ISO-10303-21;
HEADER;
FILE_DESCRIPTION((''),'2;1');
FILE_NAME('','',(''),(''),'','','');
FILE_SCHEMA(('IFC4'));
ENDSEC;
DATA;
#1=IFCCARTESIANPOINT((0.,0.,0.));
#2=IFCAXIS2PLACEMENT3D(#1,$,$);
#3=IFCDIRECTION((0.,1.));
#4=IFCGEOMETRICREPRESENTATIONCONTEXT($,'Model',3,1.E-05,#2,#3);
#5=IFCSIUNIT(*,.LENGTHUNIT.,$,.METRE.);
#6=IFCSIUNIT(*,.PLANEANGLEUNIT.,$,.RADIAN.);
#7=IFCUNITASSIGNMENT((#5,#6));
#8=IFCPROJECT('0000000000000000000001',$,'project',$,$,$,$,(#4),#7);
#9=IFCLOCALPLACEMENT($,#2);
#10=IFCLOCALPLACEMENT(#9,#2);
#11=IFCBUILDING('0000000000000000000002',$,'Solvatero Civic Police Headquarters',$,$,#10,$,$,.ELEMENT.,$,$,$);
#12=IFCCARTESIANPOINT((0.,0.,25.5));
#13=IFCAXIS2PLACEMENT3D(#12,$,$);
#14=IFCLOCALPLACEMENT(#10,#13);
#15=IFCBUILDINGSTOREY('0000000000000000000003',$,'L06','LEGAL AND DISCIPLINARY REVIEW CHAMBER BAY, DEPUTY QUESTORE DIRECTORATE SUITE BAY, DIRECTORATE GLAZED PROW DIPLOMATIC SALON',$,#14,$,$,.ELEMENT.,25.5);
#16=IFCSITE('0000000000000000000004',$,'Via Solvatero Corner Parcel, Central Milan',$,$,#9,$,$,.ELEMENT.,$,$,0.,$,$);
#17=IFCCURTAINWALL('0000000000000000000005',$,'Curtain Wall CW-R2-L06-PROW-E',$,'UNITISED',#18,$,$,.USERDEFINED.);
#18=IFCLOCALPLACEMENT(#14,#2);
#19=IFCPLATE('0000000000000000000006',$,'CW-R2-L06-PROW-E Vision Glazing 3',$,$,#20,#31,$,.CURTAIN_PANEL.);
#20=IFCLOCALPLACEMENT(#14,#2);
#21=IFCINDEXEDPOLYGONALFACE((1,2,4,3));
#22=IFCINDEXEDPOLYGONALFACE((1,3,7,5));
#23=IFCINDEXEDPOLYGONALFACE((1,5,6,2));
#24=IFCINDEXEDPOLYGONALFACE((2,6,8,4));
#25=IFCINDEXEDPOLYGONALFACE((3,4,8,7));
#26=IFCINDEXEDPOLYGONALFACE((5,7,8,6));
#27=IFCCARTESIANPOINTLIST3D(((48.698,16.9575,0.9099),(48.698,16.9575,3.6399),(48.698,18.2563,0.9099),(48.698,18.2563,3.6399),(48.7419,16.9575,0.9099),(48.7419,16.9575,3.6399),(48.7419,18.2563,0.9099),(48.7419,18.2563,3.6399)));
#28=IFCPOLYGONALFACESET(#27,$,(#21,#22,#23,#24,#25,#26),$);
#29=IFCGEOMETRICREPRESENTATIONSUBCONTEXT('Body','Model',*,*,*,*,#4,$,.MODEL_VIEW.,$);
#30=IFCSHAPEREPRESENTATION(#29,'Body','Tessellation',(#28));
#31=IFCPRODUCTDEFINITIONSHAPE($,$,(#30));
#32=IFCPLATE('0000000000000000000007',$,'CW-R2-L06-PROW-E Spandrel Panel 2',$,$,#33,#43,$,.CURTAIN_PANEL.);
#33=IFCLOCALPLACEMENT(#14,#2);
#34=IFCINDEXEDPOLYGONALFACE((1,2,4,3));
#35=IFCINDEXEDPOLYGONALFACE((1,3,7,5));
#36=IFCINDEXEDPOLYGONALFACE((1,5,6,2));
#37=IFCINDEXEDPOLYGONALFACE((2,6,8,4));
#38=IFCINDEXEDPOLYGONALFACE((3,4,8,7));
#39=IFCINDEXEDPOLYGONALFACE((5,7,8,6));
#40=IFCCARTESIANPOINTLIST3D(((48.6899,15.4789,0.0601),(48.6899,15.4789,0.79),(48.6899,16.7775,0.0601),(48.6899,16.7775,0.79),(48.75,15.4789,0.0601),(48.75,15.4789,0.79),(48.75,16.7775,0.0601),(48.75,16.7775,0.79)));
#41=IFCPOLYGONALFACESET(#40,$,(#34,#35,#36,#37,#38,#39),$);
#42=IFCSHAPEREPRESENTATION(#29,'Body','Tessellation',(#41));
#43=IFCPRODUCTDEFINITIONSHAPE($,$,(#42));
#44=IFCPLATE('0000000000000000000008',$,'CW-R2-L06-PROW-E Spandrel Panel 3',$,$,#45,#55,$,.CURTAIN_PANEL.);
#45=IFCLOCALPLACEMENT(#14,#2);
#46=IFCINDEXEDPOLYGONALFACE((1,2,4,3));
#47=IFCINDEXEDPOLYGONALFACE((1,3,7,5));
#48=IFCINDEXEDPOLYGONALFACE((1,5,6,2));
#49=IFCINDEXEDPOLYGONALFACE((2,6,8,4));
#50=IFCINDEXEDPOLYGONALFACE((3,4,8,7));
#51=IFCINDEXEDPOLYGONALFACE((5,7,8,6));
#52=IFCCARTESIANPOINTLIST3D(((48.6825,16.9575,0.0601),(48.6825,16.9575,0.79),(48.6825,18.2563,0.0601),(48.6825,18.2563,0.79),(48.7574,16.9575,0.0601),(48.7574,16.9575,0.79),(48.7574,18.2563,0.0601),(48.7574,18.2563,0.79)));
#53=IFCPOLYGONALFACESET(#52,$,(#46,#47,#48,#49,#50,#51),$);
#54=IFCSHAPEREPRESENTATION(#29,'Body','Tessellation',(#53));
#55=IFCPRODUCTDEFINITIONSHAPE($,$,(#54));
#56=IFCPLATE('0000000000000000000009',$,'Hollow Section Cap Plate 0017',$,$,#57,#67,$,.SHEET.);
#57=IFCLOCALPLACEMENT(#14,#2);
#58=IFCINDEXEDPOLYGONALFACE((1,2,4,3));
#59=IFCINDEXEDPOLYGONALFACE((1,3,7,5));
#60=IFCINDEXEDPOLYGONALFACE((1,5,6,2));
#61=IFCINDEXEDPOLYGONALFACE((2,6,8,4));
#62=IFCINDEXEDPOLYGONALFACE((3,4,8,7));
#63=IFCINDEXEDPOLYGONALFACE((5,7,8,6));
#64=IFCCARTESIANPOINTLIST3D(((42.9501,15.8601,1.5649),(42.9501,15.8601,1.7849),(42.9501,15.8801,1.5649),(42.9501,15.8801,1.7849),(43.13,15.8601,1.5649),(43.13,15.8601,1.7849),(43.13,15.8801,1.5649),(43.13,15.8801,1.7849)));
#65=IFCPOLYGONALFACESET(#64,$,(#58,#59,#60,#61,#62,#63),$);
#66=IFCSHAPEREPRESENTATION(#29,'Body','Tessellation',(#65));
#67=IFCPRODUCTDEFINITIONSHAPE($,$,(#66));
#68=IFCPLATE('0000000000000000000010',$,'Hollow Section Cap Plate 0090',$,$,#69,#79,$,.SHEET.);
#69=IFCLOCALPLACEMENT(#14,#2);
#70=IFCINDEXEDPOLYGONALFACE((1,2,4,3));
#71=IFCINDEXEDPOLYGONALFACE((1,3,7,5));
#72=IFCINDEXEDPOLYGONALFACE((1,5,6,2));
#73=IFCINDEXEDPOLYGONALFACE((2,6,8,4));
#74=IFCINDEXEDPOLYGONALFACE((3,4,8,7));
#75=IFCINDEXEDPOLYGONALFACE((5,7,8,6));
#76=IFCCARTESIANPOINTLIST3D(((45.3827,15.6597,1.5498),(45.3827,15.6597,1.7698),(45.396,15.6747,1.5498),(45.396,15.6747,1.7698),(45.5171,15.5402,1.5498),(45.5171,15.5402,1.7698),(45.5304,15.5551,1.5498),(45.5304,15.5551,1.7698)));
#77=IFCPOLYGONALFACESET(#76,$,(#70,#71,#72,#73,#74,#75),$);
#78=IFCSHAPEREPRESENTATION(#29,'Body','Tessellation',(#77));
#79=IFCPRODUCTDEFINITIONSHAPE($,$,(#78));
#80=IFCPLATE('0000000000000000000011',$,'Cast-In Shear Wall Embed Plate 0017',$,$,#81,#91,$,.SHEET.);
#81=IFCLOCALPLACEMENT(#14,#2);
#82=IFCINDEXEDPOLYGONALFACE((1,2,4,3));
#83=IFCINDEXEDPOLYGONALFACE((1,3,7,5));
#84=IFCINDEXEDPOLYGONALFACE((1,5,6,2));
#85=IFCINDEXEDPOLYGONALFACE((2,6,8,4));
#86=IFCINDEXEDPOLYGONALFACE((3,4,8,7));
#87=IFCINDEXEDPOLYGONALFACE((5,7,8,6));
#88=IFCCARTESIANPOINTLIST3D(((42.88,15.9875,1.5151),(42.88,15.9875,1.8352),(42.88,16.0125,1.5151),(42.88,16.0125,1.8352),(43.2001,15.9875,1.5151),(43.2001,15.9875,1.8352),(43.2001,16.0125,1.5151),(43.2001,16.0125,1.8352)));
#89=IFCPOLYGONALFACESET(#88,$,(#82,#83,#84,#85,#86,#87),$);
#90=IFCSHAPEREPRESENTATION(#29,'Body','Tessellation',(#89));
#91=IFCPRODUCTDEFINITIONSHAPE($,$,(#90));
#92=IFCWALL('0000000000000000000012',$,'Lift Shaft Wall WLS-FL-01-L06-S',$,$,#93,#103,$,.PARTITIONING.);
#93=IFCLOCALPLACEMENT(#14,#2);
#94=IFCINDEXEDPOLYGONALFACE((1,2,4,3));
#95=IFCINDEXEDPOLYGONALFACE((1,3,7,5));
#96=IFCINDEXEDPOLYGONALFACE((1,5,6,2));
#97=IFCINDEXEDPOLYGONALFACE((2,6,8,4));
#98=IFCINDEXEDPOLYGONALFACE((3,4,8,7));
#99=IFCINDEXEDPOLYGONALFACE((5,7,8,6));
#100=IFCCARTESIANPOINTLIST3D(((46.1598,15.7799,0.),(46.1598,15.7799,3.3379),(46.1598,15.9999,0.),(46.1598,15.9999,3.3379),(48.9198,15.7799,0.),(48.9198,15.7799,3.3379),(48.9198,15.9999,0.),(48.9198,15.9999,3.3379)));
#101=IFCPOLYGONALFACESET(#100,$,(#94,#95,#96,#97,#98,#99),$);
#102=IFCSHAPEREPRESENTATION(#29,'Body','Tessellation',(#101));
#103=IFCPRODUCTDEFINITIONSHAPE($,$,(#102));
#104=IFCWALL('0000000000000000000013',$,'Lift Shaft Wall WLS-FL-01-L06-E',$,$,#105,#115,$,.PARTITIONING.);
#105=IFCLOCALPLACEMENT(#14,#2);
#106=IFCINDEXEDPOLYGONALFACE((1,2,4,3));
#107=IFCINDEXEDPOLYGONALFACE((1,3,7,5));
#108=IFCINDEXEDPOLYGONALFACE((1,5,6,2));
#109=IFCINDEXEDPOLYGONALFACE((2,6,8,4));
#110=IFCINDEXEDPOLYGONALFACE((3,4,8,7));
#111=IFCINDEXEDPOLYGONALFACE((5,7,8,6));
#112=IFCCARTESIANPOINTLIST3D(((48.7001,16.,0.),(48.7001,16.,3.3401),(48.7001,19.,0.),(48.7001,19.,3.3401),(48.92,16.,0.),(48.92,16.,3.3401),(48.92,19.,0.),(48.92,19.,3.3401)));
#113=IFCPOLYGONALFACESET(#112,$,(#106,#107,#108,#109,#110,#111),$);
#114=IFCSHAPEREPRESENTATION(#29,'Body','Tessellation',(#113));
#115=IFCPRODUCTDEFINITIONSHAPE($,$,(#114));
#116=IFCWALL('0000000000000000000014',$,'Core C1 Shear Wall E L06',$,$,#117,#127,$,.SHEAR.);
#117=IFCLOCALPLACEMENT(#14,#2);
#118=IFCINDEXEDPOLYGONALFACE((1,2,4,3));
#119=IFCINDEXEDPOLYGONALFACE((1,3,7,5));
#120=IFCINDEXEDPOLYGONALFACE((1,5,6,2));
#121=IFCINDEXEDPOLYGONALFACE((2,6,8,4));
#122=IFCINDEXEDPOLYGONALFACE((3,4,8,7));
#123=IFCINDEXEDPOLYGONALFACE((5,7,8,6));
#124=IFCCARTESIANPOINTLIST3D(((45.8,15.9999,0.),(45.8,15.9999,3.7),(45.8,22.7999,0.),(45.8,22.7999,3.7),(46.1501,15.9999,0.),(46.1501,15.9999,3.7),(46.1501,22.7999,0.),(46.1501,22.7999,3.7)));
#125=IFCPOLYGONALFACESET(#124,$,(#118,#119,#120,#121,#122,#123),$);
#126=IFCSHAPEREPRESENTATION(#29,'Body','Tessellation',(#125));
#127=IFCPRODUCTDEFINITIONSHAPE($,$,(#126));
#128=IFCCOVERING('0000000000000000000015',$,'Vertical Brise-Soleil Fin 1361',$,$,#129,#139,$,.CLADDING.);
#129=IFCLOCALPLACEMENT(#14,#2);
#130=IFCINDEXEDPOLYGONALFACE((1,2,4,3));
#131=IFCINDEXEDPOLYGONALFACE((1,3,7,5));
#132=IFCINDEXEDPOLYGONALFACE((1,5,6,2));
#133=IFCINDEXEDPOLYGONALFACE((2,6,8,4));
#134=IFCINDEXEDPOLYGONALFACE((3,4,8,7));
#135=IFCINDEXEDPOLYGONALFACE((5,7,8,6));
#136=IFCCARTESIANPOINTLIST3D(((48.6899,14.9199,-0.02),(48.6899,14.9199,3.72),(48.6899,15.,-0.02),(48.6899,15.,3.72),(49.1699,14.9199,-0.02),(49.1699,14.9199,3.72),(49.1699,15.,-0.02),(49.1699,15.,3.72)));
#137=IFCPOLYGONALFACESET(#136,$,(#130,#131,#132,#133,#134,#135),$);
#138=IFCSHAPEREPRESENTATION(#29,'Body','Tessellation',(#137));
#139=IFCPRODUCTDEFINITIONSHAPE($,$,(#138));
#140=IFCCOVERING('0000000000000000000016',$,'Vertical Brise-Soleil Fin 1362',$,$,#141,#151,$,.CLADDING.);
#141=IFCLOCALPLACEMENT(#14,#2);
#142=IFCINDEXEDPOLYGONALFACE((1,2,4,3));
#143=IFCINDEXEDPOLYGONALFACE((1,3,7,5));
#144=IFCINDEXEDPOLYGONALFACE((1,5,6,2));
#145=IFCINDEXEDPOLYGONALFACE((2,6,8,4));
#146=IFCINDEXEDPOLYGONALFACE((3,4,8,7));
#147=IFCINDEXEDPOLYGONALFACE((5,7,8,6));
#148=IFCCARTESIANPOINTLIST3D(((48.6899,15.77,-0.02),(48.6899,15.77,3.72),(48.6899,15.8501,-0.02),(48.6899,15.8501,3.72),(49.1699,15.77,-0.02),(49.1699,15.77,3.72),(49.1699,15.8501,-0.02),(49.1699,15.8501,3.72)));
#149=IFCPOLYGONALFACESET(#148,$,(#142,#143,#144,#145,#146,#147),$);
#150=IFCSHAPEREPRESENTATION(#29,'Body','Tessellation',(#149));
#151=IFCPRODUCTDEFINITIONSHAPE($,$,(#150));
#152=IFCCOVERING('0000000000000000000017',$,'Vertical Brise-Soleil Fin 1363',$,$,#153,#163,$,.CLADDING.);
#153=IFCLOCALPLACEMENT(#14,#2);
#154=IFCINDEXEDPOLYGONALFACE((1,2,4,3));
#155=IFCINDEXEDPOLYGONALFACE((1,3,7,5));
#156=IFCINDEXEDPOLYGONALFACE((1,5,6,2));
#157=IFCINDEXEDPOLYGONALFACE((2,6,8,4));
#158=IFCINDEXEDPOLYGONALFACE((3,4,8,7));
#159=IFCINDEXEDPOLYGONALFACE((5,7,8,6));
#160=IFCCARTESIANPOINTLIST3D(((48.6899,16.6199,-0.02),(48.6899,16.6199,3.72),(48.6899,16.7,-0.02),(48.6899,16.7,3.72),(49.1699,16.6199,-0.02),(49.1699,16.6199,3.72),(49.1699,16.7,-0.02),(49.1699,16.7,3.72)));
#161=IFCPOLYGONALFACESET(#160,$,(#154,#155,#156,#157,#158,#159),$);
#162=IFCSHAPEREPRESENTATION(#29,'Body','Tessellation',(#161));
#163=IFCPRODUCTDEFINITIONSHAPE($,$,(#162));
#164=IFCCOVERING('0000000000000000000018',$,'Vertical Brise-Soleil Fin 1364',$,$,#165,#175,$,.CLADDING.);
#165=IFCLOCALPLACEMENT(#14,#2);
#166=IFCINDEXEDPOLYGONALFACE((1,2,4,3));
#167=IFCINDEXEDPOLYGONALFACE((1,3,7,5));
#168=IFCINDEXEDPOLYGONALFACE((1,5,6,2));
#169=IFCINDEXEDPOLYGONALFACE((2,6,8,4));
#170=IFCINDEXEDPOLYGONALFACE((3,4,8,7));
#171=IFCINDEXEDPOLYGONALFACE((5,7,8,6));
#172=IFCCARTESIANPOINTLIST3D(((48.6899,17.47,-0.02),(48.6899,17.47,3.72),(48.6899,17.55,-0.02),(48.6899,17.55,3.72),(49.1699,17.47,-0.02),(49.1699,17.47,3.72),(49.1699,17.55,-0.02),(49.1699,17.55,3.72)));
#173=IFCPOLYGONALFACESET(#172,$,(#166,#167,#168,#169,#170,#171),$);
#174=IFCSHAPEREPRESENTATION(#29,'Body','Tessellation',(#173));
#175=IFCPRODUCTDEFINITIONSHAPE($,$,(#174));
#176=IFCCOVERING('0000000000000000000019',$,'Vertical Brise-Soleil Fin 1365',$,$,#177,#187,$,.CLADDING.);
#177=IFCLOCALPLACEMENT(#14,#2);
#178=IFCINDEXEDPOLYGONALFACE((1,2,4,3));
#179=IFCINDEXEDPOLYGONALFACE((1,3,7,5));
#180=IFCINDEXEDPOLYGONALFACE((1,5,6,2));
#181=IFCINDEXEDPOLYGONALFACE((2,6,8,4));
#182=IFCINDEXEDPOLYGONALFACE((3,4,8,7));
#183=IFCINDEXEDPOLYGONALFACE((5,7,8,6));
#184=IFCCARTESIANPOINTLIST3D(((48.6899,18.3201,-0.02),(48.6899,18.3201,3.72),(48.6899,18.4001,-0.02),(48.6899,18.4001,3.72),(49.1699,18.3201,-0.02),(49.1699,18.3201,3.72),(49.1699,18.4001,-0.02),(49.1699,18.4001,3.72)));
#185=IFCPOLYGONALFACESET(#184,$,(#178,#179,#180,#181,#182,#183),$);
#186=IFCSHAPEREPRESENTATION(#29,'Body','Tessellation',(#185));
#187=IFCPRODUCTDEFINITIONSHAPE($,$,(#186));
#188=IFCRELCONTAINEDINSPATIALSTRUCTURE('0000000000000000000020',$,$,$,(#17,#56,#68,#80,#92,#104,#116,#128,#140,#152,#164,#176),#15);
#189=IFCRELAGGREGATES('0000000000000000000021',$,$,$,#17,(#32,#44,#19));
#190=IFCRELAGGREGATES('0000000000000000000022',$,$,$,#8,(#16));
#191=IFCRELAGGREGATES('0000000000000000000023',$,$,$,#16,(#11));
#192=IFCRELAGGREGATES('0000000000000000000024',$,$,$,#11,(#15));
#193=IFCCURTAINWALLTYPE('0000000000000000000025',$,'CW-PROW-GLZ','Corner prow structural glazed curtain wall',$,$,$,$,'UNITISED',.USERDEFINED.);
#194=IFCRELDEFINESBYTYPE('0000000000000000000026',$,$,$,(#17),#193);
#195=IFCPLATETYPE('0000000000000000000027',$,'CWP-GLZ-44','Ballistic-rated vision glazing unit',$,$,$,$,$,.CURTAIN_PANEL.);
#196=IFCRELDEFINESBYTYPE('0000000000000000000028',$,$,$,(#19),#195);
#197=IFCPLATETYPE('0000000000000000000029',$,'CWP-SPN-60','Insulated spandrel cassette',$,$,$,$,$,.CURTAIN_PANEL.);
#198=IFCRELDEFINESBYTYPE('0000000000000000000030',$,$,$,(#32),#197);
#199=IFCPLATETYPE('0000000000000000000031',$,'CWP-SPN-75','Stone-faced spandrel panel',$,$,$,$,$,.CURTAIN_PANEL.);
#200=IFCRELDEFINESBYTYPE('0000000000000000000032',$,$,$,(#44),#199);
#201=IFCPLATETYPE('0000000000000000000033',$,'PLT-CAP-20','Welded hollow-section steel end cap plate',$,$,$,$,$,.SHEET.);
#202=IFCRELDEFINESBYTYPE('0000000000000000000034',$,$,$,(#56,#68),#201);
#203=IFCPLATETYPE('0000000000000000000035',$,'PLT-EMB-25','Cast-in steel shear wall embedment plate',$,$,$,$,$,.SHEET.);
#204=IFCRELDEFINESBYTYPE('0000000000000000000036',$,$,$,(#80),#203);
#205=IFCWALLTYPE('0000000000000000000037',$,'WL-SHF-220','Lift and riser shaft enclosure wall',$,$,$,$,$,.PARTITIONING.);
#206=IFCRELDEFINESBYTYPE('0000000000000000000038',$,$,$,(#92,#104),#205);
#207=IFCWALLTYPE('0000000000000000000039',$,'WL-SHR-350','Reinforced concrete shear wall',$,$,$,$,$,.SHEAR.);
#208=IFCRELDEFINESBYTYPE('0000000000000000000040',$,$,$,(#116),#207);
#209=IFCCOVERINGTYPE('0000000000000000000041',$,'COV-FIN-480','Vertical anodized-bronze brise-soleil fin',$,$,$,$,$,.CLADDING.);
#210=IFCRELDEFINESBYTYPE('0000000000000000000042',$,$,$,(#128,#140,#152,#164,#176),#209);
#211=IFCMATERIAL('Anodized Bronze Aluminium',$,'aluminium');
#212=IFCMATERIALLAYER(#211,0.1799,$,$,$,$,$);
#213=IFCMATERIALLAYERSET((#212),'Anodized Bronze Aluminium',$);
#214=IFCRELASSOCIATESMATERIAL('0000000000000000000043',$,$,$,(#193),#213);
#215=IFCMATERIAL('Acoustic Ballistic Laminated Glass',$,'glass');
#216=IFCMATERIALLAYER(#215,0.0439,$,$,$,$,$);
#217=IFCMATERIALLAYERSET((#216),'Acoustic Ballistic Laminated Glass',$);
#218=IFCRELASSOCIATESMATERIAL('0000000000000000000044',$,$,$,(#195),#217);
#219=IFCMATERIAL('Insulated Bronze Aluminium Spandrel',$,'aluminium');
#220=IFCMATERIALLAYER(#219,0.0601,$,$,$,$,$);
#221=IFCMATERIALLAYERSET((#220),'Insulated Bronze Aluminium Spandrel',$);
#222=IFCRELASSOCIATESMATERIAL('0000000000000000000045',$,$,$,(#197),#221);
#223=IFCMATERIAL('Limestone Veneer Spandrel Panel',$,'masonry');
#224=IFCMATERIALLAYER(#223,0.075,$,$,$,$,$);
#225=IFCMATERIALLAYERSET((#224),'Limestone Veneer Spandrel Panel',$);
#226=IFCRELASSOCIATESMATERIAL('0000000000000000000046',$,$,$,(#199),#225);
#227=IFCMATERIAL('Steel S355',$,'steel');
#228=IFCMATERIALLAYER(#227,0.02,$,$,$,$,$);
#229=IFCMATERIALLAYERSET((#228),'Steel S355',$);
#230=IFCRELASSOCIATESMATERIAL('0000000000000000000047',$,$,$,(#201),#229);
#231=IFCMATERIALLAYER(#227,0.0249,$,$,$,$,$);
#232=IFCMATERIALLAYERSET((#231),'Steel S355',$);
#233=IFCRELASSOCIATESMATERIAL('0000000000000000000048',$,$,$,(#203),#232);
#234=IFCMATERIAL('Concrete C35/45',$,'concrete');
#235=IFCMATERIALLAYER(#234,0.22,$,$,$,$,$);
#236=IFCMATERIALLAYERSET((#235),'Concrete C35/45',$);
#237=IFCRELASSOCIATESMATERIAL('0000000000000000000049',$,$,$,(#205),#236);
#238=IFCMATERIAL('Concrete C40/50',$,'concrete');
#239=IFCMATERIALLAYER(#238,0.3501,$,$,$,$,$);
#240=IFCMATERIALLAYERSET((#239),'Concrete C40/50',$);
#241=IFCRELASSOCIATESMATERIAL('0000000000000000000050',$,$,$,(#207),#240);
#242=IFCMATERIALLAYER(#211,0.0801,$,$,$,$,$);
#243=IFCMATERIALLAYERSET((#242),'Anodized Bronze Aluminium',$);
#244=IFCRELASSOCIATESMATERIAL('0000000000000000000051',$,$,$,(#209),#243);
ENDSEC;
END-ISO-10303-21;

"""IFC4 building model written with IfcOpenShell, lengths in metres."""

from ifc_helpers import new_model, si_unit, direction, frame, frame_2d, origin, origin_2d, place, context, subcontext, project, spatial, rectangle, extrude, material, layer, layer_set, type_object, element, aggregate, save


model = new_model("IFC4")

# Units and contexts
model_context = context("Model", 3, precision=1e-05, world=origin(), true_north=direction((0.0, 1.0)))
body_context = subcontext(model_context, "Body", "Model", "MODEL_VIEW")
ifc_project = project(units=[si_unit("LENGTHUNIT", "METRE"), si_unit("PLANEANGLEUNIT", "RADIAN")], contexts=[model_context])

# Site, building, storey
site_placement = place(None, origin())
site = spatial("IfcSite", under=ifc_project, at=site_placement, Name="Via Solvatero Corner Parcel, Central Milan", CompositionType="ELEMENT", RefElevation=0.0)
building_placement = place(site_placement, origin())
building = spatial("IfcBuilding", under=site, at=building_placement, Name="Solvatero Civic Police Headquarters", CompositionType="ELEMENT")
storey_placement = place(building_placement, frame((0.0, 0.0, 25.5)))
storey = spatial("IfcBuildingStorey", under=building, at=storey_placement, Name="L06", Description="LEGAL AND DISCIPLINARY REVIEW CHAMBER BAY, DEPUTY QUESTORE DIRECTORATE SUITE BAY, DIRECTORATE GLAZED PROW DIPLOMATIC SALON", CompositionType="ELEMENT", Elevation=25.5)

# Shared definitions
ifc_material_1 = material(Name="Steel S355", Category="steel")

# Curtain wall
ifc_material_2 = material(Name="Anodized Bronze Aluminium", Category="aluminium")
ifc_layer_1 = layer(ifc_material_2, 0.1799)
ifc_layer_set_1 = layer_set([ifc_layer_1], Name="Anodized Bronze Aluminium")
curtain_wall_type = type_object("IfcCurtainWallType", Name="CW-PROW-GLZ", Description="Corner prow structural glazed curtain wall", ElementType="UNITISED", PredefinedType="USERDEFINED", material=ifc_layer_set_1)
curtain_wall_placement = place(storey_placement, origin())
curtain_wall = element("IfcCurtainWall", 1, at=curtain_wall_placement, inside=storey, type_object=curtain_wall_type, Name="Curtain Wall CW-R2-L06-PROW-E", ObjectType="UNITISED", PredefinedType="USERDEFINED")

# Plates
ifc_material_3 = material(Name="Acoustic Ballistic Laminated Glass", Category="glass")
ifc_layer_2 = layer(ifc_material_3, 0.0439)
ifc_layer_set_2 = layer_set([ifc_layer_2], Name="Acoustic Ballistic Laminated Glass")
plate_type_1 = type_object("IfcPlateType", Name="CWP-GLZ-44", Description="Ballistic-rated vision glazing unit", PredefinedType="CURTAIN_PANEL", material=ifc_layer_set_2)
plate_1_placement = place(storey_placement, frame((48.72, 17.6069, 0.9099), z_axis=(0.0, 0.0, 1.0), x_axis=(0.0, 1.0, 0.0)))
plate_1 = element("IfcPlate", 2, at=plate_1_placement, type_object=plate_type_1, Name="CW-R2-L06-PROW-E Vision Glazing 3", PredefinedType="CURTAIN_PANEL", context=body_context, shape_type="SweptSolid", body=[
    extrude(rectangle(XDim=1.2988, YDim=0.0439, at=origin_2d()), origin(), (0.0, 0.0, 1.0), 2.73),
])
ifc_material_4 = material(Name="Insulated Bronze Aluminium Spandrel", Category="aluminium")
ifc_layer_3 = layer(ifc_material_4, 0.0601)
ifc_layer_set_3 = layer_set([ifc_layer_3], Name="Insulated Bronze Aluminium Spandrel")
plate_type_2 = type_object("IfcPlateType", Name="CWP-SPN-60", Description="Insulated spandrel cassette", PredefinedType="CURTAIN_PANEL", material=ifc_layer_set_3)
plate_2_placement = place(storey_placement, frame((48.72, 16.1282, 0.0601), z_axis=(0.0, 0.0, 1.0), x_axis=(0.0, 1.0, 0.0)))
plate_2 = element("IfcPlate", 3, at=plate_2_placement, type_object=plate_type_2, Name="CW-R2-L06-PROW-E Spandrel Panel 2", PredefinedType="CURTAIN_PANEL", context=body_context, shape_type="SweptSolid", body=[
    extrude(rectangle(XDim=1.2986, YDim=0.0601, at=origin_2d()), origin(), (0.0, 0.0, 1.0), 0.73),
])
ifc_material_5 = material(Name="Limestone Veneer Spandrel Panel", Category="masonry")
ifc_layer_4 = layer(ifc_material_5, 0.075)
ifc_layer_set_4 = layer_set([ifc_layer_4], Name="Limestone Veneer Spandrel Panel")
plate_type_3 = type_object("IfcPlateType", Name="CWP-SPN-75", Description="Stone-faced spandrel panel", PredefinedType="CURTAIN_PANEL", material=ifc_layer_set_4)
plate_3_placement = place(storey_placement, frame((48.72, 17.6069, 0.0601), z_axis=(0.0, 0.0, 1.0), x_axis=(0.0, 1.0, 0.0)))
plate_3 = element("IfcPlate", 4, at=plate_3_placement, type_object=plate_type_3, Name="CW-R2-L06-PROW-E Spandrel Panel 3", PredefinedType="CURTAIN_PANEL", context=body_context, shape_type="SweptSolid", body=[
    extrude(rectangle(XDim=1.2988, YDim=0.075, at=origin_2d()), origin(), (0.0, 0.0, 1.0), 0.73),
])
aggregate(curtain_wall, [plate_2, plate_3, plate_1])

# Plates
ifc_layer_5 = layer(ifc_material_1, 0.02)
ifc_layer_set_5 = layer_set([ifc_layer_5], Name="Steel S355")
plate_type_4 = type_object("IfcPlateType", Name="PLT-CAP-20", Description="Welded hollow-section steel end cap plate", PredefinedType="SHEET", material=ifc_layer_set_5)
plate_4_placement = place(storey_placement, frame((43.04, 15.8701, 1.5649), z_axis=(0.0, 0.0, 1.0), x_axis=(1.0, 0.0, 0.0)))
element("IfcPlate", 5, at=plate_4_placement, inside=storey, type_object=plate_type_4, Name="Hollow Section Cap Plate 0017", PredefinedType="SHEET", context=body_context, shape_type="SweptSolid", body=[
    extrude(rectangle(XDim=0.1799, YDim=0.02, at=origin_2d()), origin(), (0.0, 0.0, 1.0), 0.22),
])
plate_5_placement = place(storey_placement, frame((45.4565, 15.6074, 1.5498), z_axis=(0.0, 0.0, 1.0), x_axis=(0.66437, 0.747404, 0.0)))
element("IfcPlate", 6, at=plate_5_placement, inside=storey, type_object=plate_type_4, Name="Hollow Section Cap Plate 0090", PredefinedType="SHEET", context=body_context, shape_type="SweptSolid", body=[
    extrude(rectangle(XDim=0.02, YDim=0.1799, at=origin_2d()), origin(), (0.0, 0.0, 1.0), 0.22),
])
ifc_layer_6 = layer(ifc_material_1, 0.0249)
ifc_layer_set_6 = layer_set([ifc_layer_6], Name="Steel S355")
plate_type_5 = type_object("IfcPlateType", Name="PLT-EMB-25", Description="Cast-in steel shear wall embedment plate", PredefinedType="SHEET", material=ifc_layer_set_6)
plate_6_placement = place(storey_placement, frame((43.04, 16.0, 1.5151), z_axis=(0.0, 0.0, 1.0), x_axis=(1.0, 0.0, 0.0)))
element("IfcPlate", 7, at=plate_6_placement, inside=storey, type_object=plate_type_5, Name="Cast-In Shear Wall Embed Plate 0017", PredefinedType="SHEET", context=body_context, shape_type="SweptSolid", body=[
    extrude(rectangle(XDim=0.3201, YDim=0.0249, at=origin_2d()), origin(), (0.0, 0.0, 1.0), 0.3201),
])

# Walls
ifc_material_6 = material(Name="Concrete C35/45", Category="concrete")
ifc_layer_7 = layer(ifc_material_6, 0.22)
ifc_layer_set_7 = layer_set([ifc_layer_7], Name="Concrete C35/45")
wall_type_1 = type_object("IfcWallType", Name="WL-SHF-220", Description="Lift and riser shaft enclosure wall", PredefinedType="PARTITIONING", material=ifc_layer_set_7)
wall_1_placement = place(storey_placement, frame((46.1599, 15.8899, 0.0), z_axis=(0.0, 0.0, 1.0), x_axis=(1.0, 0.0, 0.0)))
element("IfcWall", 8, at=wall_1_placement, inside=storey, type_object=wall_type_1, Name="Lift Shaft Wall WLS-FL-01-L06-S", PredefinedType="PARTITIONING", context=body_context, shape_type="SweptSolid", body=[
    extrude(rectangle(XDim=2.76, YDim=0.22, at=frame_2d((1.3799, 0.0))), origin(), (0.0, 0.0, 1.0), 3.3379),
])
wall_2_placement = place(storey_placement, frame((48.8101, 16.0, 0.0), z_axis=(0.0, 0.0, 1.0), x_axis=(0.0, 1.0, 0.0)))
element("IfcWall", 9, at=wall_2_placement, inside=storey, type_object=wall_type_1, Name="Lift Shaft Wall WLS-FL-01-L06-E", PredefinedType="PARTITIONING", context=body_context, shape_type="SweptSolid", body=[
    extrude(rectangle(XDim=3.0, YDim=0.22, at=frame_2d((1.5, 0.0))), origin(), (0.0, 0.0, 1.0), 3.3401),
])
ifc_material_7 = material(Name="Concrete C40/50", Category="concrete")
ifc_layer_8 = layer(ifc_material_7, 0.3501)
ifc_layer_set_8 = layer_set([ifc_layer_8], Name="Concrete C40/50")
wall_type_2 = type_object("IfcWallType", Name="WL-SHR-350", Description="Reinforced concrete shear wall", PredefinedType="SHEAR", material=ifc_layer_set_8)
wall_3_placement = place(storey_placement, frame((45.9751, 16.0, 0.0), z_axis=(0.0, 0.0, 1.0), x_axis=(0.0, 1.0, 0.0)))
element("IfcWall", 10, at=wall_3_placement, inside=storey, type_object=wall_type_2, Name="Core C1 Shear Wall E L06", PredefinedType="SHEAR", context=body_context, shape_type="SweptSolid", body=[
    extrude(rectangle(XDim=6.8, YDim=0.3501, at=frame_2d((3.3999, 0.0))), origin(), (0.0, 0.0, 1.0), 3.7),
])

# Coverings
ifc_layer_9 = layer(ifc_material_2, 0.0801)
ifc_layer_set_9 = layer_set([ifc_layer_9], Name="Anodized Bronze Aluminium")
covering_type = type_object("IfcCoveringType", Name="COV-FIN-480", Description="Vertical anodized-bronze brise-soleil fin", PredefinedType="CLADDING", material=ifc_layer_set_9)
for number, where, z_axis, x_axis, name in (
    (11, (48.9299, 14.96, -0.02), (0.0, 0.0, 1.0), (0.0, 1.0, 0.0), "Vertical Brise-Soleil Fin 1361"),
    (12, (48.9299, 15.8101, -0.02), (0.0, 0.0, 1.0), (0.0, 1.0, 0.0), "Vertical Brise-Soleil Fin 1362"),
    (13, (48.9299, 16.6599, -0.02), (0.0, 0.0, 1.0), (0.0, 1.0, 0.0), "Vertical Brise-Soleil Fin 1363"),
    (14, (48.9299, 17.51, -0.02), (0.0, 0.0, 1.0), (0.0, 1.0, 0.0), "Vertical Brise-Soleil Fin 1364"),
    (15, (48.9299, 18.3601, -0.02), (0.0, 0.0, 1.0), (0.0, 1.0, 0.0), "Vertical Brise-Soleil Fin 1365"),
):
    element("IfcCovering", number, at=place(storey_placement, frame(where, z_axis=z_axis, x_axis=x_axis)), inside=storey, type_object=covering_type, Name=name, PredefinedType="CLADDING", context=body_context, shape_type="SweptSolid", body=[
        extrude(rectangle(XDim=0.0801, YDim=0.48, at=origin_2d()), origin(), (0.0, 0.0, 1.0), 3.74),
    ])

save(model, "model.ifc")
